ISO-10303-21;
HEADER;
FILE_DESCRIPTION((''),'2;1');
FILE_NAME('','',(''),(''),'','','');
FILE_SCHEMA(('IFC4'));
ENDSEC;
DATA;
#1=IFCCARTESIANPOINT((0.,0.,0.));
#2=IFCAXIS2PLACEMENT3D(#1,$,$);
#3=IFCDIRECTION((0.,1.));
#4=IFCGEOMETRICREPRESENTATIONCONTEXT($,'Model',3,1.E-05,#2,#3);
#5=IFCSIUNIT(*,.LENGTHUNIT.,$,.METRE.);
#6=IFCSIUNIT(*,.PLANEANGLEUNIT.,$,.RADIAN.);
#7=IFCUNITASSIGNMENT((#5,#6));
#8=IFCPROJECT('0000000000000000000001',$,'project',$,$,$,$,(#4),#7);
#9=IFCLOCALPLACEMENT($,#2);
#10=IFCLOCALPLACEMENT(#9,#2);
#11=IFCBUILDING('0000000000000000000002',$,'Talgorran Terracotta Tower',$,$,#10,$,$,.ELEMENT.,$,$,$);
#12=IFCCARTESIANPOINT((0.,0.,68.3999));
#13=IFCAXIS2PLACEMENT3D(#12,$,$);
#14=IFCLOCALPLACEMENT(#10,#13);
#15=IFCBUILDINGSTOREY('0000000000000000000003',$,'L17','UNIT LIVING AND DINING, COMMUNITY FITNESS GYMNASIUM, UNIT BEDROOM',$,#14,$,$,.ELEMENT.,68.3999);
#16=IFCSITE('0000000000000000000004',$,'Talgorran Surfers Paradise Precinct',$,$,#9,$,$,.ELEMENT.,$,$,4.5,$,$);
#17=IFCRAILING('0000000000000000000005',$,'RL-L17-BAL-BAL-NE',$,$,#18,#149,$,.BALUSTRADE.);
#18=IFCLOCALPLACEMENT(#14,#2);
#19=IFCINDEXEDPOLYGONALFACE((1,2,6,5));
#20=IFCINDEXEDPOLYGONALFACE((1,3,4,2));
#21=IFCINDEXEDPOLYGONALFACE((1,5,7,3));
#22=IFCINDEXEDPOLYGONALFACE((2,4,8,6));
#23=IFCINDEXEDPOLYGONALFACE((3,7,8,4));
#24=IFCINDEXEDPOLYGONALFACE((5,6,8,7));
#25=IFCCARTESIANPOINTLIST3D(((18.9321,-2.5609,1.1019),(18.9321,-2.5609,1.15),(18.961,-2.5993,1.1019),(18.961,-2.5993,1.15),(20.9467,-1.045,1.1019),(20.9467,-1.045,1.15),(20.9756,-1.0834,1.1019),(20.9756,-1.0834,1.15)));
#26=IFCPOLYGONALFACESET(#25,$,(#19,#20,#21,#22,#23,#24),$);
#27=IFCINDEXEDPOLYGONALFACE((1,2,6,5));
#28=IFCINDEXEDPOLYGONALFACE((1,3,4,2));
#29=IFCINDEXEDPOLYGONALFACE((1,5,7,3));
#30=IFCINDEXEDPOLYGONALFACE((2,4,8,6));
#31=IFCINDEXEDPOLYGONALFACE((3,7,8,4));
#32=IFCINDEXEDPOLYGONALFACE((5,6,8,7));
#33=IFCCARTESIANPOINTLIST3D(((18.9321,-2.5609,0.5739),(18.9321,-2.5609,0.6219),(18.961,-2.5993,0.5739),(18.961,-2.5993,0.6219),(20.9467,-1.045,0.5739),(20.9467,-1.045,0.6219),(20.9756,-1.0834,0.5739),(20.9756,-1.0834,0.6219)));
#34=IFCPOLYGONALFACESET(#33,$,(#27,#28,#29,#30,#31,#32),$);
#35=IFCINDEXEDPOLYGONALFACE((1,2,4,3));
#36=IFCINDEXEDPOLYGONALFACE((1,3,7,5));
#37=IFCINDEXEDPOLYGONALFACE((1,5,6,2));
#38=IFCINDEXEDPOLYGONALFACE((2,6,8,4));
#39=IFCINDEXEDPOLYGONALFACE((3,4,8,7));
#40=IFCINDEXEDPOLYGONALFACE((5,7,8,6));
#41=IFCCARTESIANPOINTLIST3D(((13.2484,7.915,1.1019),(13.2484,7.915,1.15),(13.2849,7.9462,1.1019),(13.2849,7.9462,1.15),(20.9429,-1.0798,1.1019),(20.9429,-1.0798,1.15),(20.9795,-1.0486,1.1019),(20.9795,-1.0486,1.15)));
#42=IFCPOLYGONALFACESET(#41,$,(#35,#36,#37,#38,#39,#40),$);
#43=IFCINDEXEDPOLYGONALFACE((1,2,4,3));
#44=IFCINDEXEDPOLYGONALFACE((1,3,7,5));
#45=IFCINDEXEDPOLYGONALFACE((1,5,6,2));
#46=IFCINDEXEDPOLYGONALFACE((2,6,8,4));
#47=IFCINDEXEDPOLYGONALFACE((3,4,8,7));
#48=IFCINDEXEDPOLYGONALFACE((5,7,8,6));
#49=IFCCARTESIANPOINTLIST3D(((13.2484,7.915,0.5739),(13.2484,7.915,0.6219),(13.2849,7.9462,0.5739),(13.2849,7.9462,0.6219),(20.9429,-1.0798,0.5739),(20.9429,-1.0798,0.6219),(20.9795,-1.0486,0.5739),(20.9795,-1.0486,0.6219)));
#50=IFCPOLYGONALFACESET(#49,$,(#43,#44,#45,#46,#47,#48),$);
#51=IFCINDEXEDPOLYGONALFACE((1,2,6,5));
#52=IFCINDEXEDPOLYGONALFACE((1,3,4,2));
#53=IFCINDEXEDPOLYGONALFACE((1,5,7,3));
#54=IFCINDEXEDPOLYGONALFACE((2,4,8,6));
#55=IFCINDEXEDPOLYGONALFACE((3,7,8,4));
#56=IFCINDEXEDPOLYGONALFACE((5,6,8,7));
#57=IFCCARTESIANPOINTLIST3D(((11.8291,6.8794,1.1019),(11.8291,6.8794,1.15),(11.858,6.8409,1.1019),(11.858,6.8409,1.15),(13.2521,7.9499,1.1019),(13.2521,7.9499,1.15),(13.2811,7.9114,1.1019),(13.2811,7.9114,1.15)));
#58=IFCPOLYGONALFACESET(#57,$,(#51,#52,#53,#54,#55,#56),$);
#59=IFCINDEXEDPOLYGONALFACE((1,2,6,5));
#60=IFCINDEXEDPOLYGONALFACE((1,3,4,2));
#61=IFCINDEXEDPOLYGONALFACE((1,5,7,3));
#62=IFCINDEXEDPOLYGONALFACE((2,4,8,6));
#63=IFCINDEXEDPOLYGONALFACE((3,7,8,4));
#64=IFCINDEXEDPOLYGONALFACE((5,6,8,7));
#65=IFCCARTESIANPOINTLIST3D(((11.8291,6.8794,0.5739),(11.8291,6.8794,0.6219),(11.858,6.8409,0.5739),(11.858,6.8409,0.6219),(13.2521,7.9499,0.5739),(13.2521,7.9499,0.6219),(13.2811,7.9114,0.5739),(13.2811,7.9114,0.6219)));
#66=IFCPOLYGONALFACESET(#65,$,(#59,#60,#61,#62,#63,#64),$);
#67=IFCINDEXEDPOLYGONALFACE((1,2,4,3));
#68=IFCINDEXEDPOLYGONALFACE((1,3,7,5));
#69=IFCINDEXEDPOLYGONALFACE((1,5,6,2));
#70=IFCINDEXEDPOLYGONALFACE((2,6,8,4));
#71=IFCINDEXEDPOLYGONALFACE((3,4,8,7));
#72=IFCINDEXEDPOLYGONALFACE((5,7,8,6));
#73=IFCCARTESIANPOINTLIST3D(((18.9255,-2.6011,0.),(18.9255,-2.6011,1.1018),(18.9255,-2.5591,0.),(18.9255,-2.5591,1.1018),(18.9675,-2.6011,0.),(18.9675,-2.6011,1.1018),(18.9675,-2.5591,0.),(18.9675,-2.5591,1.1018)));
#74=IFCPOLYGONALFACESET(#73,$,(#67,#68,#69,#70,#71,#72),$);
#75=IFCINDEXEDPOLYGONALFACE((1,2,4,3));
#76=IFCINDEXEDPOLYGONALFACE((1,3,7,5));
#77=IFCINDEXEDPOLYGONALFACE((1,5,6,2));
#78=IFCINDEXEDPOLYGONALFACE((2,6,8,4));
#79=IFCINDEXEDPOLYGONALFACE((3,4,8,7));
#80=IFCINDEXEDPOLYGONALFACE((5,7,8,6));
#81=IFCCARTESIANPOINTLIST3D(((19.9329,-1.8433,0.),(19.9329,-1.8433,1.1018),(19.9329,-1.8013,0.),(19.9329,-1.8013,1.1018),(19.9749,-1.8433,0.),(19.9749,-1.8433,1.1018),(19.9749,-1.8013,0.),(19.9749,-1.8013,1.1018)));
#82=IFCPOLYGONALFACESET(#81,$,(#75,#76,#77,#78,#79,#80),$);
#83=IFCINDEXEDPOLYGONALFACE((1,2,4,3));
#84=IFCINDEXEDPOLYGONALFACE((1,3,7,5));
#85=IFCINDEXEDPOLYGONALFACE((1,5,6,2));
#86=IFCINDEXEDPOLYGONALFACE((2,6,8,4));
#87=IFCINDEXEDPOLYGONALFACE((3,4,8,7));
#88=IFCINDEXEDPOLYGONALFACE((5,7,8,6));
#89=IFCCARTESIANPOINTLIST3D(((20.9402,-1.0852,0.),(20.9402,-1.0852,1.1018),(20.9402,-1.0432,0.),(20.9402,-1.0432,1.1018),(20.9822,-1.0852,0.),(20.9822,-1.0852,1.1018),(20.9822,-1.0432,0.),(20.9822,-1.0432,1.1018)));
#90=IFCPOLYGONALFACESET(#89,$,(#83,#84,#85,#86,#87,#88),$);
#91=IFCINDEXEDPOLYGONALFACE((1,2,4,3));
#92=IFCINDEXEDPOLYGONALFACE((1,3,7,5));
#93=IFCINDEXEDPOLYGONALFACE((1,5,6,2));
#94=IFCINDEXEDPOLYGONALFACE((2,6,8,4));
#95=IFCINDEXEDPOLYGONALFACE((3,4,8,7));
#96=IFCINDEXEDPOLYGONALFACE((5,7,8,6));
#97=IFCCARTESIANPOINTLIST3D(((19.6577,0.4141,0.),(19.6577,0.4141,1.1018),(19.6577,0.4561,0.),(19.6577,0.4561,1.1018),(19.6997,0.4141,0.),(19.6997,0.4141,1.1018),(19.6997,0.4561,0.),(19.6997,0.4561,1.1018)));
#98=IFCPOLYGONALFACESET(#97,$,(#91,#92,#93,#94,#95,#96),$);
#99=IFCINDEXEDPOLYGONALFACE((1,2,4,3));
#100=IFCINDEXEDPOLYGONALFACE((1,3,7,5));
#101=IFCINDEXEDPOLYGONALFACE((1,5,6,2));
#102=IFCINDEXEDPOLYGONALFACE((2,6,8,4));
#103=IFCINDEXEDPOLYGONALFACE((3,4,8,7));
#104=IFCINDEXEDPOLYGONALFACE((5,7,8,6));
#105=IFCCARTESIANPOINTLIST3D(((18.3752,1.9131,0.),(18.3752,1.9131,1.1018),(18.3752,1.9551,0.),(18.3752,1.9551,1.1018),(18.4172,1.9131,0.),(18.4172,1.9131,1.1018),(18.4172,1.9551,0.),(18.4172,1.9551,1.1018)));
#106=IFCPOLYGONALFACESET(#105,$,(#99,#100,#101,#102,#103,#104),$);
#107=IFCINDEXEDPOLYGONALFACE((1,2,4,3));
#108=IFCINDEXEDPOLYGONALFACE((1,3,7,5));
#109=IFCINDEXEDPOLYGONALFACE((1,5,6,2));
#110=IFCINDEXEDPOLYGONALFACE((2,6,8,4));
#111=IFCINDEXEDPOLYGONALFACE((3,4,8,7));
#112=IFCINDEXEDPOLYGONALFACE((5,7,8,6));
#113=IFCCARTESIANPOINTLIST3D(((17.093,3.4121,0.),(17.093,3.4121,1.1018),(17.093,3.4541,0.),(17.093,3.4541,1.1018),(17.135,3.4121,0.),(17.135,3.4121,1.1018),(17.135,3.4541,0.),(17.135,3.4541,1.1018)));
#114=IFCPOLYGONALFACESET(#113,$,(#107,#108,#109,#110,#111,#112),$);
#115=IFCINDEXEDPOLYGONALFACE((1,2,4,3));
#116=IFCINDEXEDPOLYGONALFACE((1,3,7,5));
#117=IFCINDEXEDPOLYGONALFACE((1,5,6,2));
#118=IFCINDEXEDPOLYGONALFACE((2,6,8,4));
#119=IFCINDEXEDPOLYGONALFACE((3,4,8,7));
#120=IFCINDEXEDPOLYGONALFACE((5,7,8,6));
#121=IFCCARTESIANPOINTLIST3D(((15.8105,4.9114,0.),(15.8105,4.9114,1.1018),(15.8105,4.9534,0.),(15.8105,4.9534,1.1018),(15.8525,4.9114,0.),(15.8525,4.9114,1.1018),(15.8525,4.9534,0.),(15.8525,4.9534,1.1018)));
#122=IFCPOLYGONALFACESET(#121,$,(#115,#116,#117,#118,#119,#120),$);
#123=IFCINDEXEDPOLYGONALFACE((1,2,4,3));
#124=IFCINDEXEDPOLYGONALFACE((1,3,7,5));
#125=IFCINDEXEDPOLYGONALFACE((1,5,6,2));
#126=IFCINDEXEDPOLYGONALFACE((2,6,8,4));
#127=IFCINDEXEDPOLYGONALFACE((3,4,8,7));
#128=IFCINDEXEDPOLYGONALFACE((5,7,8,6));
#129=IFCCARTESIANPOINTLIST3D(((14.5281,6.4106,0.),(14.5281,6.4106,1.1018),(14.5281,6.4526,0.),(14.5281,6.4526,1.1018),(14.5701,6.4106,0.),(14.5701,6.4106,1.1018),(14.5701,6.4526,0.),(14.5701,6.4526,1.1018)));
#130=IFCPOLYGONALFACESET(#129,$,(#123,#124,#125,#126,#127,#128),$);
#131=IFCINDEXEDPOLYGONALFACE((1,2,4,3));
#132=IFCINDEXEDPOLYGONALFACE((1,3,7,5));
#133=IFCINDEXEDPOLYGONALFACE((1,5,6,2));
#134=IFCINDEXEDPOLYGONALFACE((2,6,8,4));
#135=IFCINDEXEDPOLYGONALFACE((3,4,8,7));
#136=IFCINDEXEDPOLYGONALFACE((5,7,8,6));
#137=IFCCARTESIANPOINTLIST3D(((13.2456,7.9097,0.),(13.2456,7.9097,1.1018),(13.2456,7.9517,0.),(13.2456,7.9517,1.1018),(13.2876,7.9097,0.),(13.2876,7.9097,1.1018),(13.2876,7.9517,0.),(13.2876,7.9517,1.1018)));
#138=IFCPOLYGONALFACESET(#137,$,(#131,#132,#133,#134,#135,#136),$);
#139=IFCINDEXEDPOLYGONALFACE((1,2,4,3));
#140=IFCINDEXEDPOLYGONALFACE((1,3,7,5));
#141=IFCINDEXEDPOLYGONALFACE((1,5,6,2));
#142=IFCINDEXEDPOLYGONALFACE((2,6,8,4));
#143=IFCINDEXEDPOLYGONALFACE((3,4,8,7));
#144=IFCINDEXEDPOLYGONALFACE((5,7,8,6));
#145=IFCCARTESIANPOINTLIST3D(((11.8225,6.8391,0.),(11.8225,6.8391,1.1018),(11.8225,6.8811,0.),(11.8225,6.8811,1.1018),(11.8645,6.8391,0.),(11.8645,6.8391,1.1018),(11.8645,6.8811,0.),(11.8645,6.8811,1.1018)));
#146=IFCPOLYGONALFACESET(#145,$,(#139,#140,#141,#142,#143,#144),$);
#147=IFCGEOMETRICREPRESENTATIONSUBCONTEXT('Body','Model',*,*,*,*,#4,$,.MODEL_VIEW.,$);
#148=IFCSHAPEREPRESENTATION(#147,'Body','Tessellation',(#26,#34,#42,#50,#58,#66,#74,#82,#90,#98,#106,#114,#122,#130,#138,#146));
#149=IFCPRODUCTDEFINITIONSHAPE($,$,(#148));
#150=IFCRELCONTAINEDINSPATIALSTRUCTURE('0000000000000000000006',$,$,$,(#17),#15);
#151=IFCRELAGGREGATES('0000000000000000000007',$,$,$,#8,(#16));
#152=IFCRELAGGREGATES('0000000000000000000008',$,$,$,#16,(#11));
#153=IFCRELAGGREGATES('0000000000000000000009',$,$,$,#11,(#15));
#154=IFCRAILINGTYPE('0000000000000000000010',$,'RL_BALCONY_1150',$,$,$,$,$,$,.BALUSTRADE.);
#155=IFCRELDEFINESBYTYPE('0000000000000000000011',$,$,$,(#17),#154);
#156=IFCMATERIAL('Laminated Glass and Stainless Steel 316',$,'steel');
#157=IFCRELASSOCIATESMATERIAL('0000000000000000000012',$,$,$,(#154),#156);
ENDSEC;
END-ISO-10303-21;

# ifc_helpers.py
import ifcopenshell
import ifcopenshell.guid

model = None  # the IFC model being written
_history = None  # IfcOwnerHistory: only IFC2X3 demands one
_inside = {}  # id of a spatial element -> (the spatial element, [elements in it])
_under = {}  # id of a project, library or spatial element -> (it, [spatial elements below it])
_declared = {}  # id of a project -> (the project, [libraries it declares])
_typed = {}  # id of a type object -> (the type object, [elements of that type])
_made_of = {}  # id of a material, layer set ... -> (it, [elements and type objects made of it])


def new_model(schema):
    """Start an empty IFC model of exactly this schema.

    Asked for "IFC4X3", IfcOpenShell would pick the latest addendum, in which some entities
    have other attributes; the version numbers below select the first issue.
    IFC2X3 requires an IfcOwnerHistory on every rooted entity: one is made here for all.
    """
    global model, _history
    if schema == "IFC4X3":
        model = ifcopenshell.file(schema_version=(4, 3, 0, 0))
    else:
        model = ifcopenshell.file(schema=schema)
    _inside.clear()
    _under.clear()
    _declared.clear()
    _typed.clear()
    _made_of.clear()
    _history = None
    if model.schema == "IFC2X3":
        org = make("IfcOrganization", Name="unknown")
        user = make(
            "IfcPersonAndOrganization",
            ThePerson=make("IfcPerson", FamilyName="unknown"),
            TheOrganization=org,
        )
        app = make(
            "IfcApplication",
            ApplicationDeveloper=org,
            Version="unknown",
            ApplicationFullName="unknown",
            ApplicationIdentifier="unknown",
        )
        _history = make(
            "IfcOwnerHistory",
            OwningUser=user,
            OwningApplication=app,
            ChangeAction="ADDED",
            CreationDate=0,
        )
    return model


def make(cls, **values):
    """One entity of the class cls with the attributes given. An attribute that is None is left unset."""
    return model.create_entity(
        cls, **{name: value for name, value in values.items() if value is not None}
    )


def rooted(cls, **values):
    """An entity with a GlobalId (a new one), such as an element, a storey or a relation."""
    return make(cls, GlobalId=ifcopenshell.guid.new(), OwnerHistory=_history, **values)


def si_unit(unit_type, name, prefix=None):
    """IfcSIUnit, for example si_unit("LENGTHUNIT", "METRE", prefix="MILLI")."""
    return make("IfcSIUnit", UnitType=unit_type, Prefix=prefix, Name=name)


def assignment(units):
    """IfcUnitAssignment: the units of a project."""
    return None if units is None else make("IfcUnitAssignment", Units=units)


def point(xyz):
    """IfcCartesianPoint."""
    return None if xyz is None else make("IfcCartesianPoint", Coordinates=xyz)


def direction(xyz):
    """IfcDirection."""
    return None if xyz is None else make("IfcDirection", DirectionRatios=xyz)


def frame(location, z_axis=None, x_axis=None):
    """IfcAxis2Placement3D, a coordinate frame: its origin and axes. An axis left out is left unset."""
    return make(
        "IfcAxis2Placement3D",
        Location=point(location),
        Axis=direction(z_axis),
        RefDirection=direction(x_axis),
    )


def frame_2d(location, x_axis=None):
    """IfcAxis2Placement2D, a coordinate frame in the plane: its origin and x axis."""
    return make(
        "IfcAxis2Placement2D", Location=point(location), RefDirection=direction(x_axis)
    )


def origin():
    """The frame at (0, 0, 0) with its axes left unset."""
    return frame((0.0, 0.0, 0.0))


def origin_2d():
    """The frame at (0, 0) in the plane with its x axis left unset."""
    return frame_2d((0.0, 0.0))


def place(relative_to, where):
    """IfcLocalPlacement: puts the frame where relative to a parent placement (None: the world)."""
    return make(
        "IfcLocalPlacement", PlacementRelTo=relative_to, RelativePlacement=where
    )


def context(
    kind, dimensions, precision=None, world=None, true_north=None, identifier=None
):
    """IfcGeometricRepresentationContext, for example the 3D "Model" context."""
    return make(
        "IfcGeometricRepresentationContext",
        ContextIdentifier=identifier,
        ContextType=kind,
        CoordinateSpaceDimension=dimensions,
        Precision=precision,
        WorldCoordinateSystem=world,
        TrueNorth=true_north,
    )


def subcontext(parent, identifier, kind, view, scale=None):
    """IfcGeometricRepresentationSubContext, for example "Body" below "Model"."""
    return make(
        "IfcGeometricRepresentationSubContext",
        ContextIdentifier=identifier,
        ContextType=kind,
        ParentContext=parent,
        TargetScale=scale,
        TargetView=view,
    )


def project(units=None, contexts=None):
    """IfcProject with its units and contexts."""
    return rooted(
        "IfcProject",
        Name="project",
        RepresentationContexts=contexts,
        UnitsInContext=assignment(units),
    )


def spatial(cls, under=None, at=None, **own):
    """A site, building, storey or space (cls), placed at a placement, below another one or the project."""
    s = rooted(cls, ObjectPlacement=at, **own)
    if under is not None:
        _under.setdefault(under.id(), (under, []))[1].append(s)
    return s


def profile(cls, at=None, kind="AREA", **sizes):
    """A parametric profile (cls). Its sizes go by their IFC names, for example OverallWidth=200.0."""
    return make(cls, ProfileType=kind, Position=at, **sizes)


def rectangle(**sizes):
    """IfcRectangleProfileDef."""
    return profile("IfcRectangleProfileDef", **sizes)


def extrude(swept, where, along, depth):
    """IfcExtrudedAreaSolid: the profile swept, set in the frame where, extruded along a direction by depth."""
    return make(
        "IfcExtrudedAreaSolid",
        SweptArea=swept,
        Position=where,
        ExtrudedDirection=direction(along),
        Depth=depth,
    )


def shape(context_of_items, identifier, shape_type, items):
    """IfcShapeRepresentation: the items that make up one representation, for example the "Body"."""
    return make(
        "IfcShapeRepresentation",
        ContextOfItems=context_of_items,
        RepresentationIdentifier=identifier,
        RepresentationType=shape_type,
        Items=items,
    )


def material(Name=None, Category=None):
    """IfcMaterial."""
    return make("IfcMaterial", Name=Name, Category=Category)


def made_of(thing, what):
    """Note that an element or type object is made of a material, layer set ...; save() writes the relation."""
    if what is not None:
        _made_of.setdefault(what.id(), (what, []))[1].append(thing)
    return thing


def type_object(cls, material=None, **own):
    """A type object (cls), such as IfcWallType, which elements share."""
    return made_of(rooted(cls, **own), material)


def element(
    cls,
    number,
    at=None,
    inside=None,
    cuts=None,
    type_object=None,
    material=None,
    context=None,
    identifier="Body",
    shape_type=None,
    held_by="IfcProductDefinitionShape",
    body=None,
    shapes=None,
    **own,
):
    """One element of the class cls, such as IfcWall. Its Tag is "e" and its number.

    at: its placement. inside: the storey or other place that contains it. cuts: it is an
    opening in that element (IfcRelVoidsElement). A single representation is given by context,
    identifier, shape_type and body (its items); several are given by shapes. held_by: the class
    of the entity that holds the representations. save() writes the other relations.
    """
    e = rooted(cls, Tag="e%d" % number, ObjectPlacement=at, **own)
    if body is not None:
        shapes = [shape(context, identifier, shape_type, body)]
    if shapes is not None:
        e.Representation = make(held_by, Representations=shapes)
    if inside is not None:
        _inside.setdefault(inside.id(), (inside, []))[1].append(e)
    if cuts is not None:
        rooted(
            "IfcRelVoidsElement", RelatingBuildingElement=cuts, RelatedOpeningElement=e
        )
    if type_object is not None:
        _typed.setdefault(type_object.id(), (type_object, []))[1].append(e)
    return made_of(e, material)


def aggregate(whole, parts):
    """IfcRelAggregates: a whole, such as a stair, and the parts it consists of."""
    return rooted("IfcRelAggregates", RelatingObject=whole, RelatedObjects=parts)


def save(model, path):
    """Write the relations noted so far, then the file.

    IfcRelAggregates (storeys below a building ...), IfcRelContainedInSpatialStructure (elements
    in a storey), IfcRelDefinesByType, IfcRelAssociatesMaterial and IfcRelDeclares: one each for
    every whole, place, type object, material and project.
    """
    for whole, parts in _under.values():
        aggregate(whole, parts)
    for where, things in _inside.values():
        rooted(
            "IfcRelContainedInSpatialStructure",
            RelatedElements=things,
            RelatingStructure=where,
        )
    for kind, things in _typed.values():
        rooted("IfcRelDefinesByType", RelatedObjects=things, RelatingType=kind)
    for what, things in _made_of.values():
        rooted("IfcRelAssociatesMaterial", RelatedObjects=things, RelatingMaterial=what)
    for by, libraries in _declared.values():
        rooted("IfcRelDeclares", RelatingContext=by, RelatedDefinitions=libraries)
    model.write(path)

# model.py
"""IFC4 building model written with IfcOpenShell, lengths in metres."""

from ifc_helpers import new_model, si_unit, direction, frame, origin, origin_2d, place, context, subcontext, project, spatial, rectangle, extrude, material, type_object, element, save


model = new_model("IFC4")

# Units and contexts
model_context = context("Model", 3, precision=1e-05, world=origin(), true_north=direction((0.0, 1.0)))
body_context = subcontext(model_context, "Body", "Model", "MODEL_VIEW")
ifc_project = project(units=[si_unit("LENGTHUNIT", "METRE"), si_unit("PLANEANGLEUNIT", "RADIAN")], contexts=[model_context])

# Site, building, storey
site_placement = place(None, origin())
site = spatial("IfcSite", under=ifc_project, at=site_placement, Name="Talgorran Surfers Paradise Precinct", CompositionType="ELEMENT", RefElevation=4.5)
building_placement = place(site_placement, origin())
building = spatial("IfcBuilding", under=site, at=building_placement, Name="Talgorran Terracotta Tower", CompositionType="ELEMENT")
storey_placement = place(building_placement, frame((0.0, 0.0, 68.3999)))
storey = spatial("IfcBuildingStorey", under=building, at=storey_placement, Name="L17", Description="UNIT LIVING AND DINING, COMMUNITY FITNESS GYMNASIUM, UNIT BEDROOM", CompositionType="ELEMENT", Elevation=68.3999)

# Railing
ifc_material_1 = material(Name="Laminated Glass and Stainless Steel 316", Category="steel")
railing_type = type_object("IfcRailingType", Name="RL_BALCONY_1150", PredefinedType="BALUSTRADE", material=ifc_material_1)
railing_placement = place(storey_placement, frame((18.9465, -2.5801, 0.0)))
element("IfcRailing", 1, at=railing_placement, inside=storey, type_object=railing_type, Name="RL-L17-BAL-BAL-NE", PredefinedType="BALUSTRADE", context=body_context, shape_type="SweptSolid", body=[
    extrude(rectangle(XDim=0.0481, YDim=0.0481, at=origin_2d()), frame((0.0, 0.0, 1.126), z_axis=(0.799069, 0.601239, 0.0), x_axis=(-0.601239, 0.799069, 0.0)), (0.0, 0.0, 1.0), 2.5212),
    extrude(rectangle(XDim=0.0481, YDim=0.0481, at=origin_2d()), frame((0.0, 0.0, 0.5979), z_axis=(0.799069, 0.601239, 0.0), x_axis=(-0.601239, 0.799069, 0.0)), (0.0, 0.0, 1.0), 2.5212),
    extrude(rectangle(XDim=0.0481, YDim=0.0481, at=origin_2d()), frame((2.0146, 1.5159, 1.126), z_axis=(-0.650045, 0.759895, 0.0), x_axis=(-0.759895, -0.650045, 0.0)), (0.0, 0.0, 1.0), 11.8369),
    extrude(rectangle(XDim=0.0481, YDim=0.0481, at=origin_2d()), frame((2.0146, 1.5159, 0.5979), z_axis=(-0.650045, 0.759895, 0.0), x_axis=(-0.759895, -0.650045, 0.0)), (0.0, 0.0, 1.0), 11.8369),
    extrude(rectangle(XDim=0.0481, YDim=0.0481, at=origin_2d()), frame((-5.6799, 10.5107, 1.126), z_axis=(-0.799127, -0.601162, 0.0), x_axis=(0.601162, -0.799127, 0.0)), (0.0, 0.0, 1.0), 1.7808),
    extrude(rectangle(XDim=0.0481, YDim=0.0481, at=origin_2d()), frame((-5.6799, 10.5107, 0.5979), z_axis=(-0.799127, -0.601162, 0.0), x_axis=(0.601162, -0.799127, 0.0)), (0.0, 0.0, 1.0), 1.7808),
    extrude(rectangle(XDim=0.042, YDim=0.042, at=origin_2d()), origin(), (0.0, 0.0, 1.0), 1.1018),
    extrude(rectangle(XDim=0.042, YDim=0.042, at=origin_2d()), frame((1.0073, 0.7578, 0.0)), (0.0, 0.0, 1.0), 1.1018),
    extrude(rectangle(XDim=0.042, YDim=0.042, at=origin_2d()), frame((2.0146, 1.5159, 0.0)), (0.0, 0.0, 1.0), 1.1018),
    extrude(rectangle(XDim=0.042, YDim=0.042, at=origin_2d()), frame((0.7322, 3.0151, 0.0)), (0.0, 0.0, 1.0), 1.1018),
    extrude(rectangle(XDim=0.042, YDim=0.042, at=origin_2d()), frame((-0.5503, 4.5142, 0.0)), (0.0, 0.0, 1.0), 1.1018),
    extrude(rectangle(XDim=0.042, YDim=0.042, at=origin_2d()), frame((-1.8325, 6.0132, 0.0)), (0.0, 0.0, 1.0), 1.1018),
    extrude(rectangle(XDim=0.042, YDim=0.042, at=origin_2d()), frame((-3.115, 7.5125, 0.0)), (0.0, 0.0, 1.0), 1.1018),
    extrude(rectangle(XDim=0.042, YDim=0.042, at=origin_2d()), frame((-4.3975, 9.0117, 0.0)), (0.0, 0.0, 1.0), 1.1018),
    extrude(rectangle(XDim=0.042, YDim=0.042, at=origin_2d()), frame((-5.6799, 10.5107, 0.0)), (0.0, 0.0, 1.0), 1.1018),
    extrude(rectangle(XDim=0.042, YDim=0.042, at=origin_2d()), frame((-7.103, 9.4402, 0.0)), (0.0, 0.0, 1.0), 1.1018),
])

save(model, "model.ifc")
